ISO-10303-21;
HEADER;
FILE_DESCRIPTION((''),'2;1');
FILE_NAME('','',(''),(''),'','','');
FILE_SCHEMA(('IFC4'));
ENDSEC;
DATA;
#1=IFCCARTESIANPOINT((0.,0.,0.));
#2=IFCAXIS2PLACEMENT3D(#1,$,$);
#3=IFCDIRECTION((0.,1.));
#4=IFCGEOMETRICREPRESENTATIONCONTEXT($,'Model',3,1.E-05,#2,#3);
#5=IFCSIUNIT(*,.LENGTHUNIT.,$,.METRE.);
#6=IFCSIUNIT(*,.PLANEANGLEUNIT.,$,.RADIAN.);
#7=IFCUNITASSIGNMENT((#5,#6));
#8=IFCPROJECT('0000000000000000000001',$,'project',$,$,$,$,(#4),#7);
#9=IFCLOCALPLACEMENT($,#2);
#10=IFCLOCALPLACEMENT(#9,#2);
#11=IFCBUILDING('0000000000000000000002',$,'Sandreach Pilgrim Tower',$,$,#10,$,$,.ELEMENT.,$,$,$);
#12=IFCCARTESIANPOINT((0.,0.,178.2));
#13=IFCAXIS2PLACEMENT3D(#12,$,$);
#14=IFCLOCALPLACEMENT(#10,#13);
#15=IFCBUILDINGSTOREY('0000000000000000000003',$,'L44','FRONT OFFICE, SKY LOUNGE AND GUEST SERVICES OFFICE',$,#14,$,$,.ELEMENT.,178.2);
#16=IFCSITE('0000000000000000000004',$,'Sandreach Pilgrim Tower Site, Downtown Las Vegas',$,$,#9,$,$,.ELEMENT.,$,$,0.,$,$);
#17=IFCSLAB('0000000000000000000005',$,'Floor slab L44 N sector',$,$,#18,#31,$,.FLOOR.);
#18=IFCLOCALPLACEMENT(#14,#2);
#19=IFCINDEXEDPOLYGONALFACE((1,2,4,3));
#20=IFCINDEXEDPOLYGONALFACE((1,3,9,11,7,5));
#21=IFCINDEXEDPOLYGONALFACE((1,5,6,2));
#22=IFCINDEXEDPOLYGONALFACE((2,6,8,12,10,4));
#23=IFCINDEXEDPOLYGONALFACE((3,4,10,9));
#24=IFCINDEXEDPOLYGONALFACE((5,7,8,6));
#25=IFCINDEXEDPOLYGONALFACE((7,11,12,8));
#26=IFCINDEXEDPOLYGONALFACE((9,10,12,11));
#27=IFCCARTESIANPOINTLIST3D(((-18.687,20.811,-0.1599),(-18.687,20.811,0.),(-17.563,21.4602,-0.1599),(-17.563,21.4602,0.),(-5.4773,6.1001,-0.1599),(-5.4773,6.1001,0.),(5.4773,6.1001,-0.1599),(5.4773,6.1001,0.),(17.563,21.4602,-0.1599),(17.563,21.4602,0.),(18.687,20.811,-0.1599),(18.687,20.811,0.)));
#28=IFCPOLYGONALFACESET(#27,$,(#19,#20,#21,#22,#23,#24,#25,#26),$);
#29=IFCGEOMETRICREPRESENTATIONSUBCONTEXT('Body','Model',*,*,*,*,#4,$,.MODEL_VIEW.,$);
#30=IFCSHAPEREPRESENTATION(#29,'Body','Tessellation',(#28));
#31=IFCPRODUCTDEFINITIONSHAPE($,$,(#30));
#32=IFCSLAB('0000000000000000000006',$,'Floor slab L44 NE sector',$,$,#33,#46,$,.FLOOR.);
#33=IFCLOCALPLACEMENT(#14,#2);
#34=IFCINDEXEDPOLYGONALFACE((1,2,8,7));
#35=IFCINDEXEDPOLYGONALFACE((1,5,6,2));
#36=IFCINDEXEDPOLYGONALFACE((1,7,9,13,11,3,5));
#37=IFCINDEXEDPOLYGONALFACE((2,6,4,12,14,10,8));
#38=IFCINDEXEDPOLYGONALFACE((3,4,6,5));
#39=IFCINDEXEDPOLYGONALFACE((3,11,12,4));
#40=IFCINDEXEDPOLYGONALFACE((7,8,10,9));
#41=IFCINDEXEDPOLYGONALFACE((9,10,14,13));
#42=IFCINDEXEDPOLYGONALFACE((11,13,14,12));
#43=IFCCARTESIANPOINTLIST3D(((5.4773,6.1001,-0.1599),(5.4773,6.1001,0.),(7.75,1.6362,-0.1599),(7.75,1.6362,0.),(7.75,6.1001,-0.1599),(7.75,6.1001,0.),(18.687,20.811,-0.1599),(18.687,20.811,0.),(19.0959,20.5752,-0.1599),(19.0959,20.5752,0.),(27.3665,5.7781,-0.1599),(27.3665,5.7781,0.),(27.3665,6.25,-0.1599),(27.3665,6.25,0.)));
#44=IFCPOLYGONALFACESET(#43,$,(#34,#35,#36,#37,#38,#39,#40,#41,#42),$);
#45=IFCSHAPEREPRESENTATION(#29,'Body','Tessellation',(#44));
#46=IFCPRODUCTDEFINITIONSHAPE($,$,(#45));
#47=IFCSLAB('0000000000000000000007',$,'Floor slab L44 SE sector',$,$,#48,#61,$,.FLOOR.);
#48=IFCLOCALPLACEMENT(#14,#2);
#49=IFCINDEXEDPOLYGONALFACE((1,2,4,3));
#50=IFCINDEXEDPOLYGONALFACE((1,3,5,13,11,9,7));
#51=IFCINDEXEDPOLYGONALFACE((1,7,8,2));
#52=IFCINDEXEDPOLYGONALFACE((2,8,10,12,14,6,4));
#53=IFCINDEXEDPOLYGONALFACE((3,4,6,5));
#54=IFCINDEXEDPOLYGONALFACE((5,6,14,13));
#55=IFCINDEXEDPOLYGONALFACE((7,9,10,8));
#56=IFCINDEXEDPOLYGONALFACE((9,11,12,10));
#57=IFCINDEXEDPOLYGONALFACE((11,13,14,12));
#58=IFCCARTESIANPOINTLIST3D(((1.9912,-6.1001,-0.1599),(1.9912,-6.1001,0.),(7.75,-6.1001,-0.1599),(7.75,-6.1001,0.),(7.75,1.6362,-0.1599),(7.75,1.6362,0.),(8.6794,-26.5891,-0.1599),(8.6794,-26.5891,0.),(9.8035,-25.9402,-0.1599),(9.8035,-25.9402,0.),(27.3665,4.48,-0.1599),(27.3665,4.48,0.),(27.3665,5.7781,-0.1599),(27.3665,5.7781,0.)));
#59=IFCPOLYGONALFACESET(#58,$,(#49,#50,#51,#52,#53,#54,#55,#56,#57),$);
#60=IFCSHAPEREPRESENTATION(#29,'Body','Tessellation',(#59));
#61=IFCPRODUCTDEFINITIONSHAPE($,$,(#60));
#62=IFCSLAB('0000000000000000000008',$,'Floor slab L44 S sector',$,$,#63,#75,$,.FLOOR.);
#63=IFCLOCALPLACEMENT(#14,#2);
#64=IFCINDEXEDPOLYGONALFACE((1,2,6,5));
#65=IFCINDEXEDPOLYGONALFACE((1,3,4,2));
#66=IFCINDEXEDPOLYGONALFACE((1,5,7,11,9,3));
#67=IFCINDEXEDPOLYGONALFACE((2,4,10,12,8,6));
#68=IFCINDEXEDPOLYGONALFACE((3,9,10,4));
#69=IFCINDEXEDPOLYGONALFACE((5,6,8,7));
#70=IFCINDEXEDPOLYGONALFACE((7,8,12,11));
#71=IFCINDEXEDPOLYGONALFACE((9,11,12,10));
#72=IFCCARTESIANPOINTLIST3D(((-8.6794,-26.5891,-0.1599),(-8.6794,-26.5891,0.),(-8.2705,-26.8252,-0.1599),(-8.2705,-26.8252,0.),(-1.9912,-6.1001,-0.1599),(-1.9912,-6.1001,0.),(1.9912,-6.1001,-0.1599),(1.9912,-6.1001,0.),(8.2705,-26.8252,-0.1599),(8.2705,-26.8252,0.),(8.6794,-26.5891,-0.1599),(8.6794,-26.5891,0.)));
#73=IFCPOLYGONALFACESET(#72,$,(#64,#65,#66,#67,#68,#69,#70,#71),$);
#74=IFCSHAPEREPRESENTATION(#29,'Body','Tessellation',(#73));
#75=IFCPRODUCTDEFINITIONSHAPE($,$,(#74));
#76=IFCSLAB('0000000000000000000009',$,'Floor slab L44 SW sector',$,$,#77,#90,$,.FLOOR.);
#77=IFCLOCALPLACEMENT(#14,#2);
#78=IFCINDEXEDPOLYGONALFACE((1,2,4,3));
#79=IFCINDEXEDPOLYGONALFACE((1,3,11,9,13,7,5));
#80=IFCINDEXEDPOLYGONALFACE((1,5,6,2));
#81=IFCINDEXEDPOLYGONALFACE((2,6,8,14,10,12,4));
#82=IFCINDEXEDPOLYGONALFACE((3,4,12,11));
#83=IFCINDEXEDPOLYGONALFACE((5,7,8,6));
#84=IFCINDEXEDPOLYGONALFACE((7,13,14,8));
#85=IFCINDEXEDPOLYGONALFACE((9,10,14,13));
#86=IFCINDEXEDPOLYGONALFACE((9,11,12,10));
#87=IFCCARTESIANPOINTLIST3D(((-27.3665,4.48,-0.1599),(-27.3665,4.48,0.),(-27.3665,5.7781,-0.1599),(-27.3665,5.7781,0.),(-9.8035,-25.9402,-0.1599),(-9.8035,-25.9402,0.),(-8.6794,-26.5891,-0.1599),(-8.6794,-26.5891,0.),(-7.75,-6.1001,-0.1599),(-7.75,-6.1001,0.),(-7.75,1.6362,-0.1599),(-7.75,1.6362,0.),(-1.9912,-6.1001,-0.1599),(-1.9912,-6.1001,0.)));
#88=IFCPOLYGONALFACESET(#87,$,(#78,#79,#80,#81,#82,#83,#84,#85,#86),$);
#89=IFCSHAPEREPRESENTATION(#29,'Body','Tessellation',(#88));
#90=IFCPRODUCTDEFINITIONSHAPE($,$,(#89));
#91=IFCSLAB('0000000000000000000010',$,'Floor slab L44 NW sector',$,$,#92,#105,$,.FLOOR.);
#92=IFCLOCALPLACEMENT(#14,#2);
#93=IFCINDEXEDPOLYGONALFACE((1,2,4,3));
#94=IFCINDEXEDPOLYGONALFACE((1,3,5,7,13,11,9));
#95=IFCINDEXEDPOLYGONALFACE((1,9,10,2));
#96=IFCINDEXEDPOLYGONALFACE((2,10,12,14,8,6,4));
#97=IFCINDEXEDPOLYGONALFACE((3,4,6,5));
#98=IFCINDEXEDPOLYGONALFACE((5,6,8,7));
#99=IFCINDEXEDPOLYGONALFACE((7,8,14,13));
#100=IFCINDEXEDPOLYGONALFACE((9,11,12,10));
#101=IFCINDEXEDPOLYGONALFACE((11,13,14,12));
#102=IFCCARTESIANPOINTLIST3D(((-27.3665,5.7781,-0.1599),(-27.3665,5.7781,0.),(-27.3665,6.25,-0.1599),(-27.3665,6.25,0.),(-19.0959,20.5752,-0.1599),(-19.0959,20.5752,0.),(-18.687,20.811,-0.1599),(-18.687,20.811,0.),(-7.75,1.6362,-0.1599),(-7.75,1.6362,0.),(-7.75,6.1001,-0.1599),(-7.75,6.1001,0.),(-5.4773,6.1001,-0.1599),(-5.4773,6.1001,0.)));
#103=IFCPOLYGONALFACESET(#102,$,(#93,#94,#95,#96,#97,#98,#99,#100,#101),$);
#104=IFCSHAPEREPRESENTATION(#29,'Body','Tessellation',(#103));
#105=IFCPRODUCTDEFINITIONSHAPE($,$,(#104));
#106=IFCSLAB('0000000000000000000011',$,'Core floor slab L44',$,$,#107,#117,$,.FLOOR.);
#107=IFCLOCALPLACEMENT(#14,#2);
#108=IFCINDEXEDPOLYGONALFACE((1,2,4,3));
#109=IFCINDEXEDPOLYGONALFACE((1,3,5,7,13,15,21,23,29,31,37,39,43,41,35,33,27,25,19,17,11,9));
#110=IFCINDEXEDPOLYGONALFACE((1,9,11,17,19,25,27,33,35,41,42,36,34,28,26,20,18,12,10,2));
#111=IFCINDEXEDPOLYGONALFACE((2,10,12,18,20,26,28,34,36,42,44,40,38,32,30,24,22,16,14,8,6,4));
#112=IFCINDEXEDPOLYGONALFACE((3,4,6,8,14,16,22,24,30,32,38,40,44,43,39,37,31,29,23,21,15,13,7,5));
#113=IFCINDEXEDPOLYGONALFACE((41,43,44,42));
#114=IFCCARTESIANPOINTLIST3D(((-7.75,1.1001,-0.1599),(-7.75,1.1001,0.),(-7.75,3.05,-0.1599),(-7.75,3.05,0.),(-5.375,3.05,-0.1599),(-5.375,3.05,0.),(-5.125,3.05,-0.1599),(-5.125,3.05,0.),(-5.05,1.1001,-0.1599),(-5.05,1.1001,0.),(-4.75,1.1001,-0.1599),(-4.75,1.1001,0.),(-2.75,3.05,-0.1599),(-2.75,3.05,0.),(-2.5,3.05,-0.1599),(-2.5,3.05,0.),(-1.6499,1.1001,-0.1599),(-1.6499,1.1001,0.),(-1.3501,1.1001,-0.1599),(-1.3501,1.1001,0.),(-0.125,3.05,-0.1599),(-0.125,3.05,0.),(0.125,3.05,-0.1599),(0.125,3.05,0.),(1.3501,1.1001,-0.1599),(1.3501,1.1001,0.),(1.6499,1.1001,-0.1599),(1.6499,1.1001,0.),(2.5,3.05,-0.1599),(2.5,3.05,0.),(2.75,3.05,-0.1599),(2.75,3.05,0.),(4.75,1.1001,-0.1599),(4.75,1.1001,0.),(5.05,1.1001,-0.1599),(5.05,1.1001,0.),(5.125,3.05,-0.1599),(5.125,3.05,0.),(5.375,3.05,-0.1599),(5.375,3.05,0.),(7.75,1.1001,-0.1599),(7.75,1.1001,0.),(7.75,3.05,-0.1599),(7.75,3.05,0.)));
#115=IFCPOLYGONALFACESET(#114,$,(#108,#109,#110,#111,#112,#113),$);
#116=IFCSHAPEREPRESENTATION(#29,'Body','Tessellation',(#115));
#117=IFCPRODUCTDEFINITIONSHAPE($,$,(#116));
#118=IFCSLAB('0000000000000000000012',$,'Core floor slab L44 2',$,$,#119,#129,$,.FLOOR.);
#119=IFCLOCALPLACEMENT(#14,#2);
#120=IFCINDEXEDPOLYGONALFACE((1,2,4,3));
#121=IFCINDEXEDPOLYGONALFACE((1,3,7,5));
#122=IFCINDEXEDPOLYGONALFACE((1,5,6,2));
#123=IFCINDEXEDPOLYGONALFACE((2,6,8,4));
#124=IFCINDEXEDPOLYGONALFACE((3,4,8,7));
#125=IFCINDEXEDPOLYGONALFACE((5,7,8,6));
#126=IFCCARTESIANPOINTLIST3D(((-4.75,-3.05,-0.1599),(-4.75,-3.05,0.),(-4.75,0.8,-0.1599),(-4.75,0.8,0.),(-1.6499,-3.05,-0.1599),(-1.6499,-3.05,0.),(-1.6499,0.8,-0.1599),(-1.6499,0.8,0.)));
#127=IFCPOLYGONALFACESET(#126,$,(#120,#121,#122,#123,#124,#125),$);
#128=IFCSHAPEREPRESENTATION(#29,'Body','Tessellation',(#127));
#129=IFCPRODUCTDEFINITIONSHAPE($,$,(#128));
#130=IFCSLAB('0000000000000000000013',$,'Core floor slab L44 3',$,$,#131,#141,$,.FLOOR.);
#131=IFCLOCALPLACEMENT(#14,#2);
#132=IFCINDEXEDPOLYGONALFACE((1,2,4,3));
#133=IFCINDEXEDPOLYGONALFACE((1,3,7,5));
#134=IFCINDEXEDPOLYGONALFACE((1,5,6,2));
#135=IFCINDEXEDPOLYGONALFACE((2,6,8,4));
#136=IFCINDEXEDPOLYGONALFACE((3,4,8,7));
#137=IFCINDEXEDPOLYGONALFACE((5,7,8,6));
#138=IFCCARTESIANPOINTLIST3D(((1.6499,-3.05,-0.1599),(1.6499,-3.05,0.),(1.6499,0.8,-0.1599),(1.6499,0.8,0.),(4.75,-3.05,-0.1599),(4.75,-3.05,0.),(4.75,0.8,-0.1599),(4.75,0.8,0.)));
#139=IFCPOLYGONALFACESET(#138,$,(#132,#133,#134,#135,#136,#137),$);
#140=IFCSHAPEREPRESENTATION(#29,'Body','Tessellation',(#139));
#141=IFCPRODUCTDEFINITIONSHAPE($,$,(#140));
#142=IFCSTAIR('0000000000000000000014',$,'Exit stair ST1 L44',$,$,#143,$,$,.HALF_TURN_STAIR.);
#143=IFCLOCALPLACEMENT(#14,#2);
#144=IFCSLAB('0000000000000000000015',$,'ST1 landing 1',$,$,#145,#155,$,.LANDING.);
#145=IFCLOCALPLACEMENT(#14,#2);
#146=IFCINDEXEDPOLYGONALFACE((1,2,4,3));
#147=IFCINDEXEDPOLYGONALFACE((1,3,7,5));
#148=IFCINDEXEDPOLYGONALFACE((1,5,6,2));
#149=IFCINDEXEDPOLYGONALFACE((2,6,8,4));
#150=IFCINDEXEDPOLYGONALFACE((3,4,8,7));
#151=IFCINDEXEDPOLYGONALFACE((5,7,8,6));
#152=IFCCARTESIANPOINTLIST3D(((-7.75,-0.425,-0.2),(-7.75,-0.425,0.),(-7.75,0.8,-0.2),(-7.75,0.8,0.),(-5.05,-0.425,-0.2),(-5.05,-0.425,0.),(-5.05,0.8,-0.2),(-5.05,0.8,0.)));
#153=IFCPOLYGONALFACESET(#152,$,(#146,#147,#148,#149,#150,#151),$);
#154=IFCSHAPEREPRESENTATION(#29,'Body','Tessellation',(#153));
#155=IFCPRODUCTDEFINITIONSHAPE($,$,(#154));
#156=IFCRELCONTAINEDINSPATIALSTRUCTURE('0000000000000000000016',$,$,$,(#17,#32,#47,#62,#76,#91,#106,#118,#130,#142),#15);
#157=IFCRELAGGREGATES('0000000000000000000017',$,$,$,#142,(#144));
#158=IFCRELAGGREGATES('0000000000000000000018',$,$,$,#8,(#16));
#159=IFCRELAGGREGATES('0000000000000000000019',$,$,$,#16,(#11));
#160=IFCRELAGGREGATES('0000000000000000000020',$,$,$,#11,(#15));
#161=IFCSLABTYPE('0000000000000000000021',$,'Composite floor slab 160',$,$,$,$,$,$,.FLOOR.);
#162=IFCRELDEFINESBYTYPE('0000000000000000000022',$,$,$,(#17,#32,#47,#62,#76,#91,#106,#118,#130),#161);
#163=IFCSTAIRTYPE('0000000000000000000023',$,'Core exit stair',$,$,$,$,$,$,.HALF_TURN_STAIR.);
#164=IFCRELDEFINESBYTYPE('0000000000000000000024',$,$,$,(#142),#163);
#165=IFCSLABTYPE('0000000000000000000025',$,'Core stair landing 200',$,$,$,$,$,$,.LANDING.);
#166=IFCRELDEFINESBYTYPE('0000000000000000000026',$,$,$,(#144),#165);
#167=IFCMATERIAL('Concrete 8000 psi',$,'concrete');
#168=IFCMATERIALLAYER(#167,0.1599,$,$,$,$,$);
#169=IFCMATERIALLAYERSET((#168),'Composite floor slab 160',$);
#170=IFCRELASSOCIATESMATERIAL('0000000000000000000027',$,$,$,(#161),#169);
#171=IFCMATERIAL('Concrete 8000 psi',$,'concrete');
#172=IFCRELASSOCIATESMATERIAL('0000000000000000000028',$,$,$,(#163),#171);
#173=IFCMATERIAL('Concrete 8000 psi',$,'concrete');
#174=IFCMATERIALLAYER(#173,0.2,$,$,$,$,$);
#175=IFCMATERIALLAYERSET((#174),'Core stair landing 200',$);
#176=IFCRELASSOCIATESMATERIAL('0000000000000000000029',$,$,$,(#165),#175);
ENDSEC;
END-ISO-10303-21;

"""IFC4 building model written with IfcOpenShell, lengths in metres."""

from ifc_helpers import new_model, si_unit, direction, frame, origin, place, context, subcontext, project, spatial, polyline, outline, extrude, material, layer, layer_set, type_object, element, aggregate, save


model = new_model("IFC4")

# Units and contexts
model_context = context("Model", 3, precision=1e-05, world=origin(), true_north=direction((0.0, 1.0)))
body_context = subcontext(model_context, "Body", "Model", "MODEL_VIEW")
ifc_project = project(units=[si_unit("LENGTHUNIT", "METRE"), si_unit("PLANEANGLEUNIT", "RADIAN")], contexts=[model_context])

# Site, building, storey
site_placement = place(None, origin())
site = spatial("IfcSite", under=ifc_project, at=site_placement, Name="Sandreach Pilgrim Tower Site, Downtown Las Vegas", CompositionType="ELEMENT", RefElevation=0.0)
building_placement = place(site_placement, origin())
building = spatial("IfcBuilding", under=site, at=building_placement, Name="Sandreach Pilgrim Tower", CompositionType="ELEMENT")
storey_placement = place(building_placement, frame((0.0, 0.0, 178.2)))
storey = spatial("IfcBuildingStorey", under=building, at=storey_placement, Name="L44", Description="FRONT OFFICE, SKY LOUNGE AND GUEST SERVICES OFFICE", CompositionType="ELEMENT", Elevation=178.2)

# Slabs
ifc_material_1 = material(Name="Concrete 8000 psi", Category="concrete")
ifc_layer_1 = layer(ifc_material_1, 0.1599)
ifc_layer_set_1 = layer_set([ifc_layer_1], Name="Composite floor slab 160")
slab_type_1 = type_object("IfcSlabType", Name="Composite floor slab 160", PredefinedType="FLOOR", material=ifc_layer_set_1)
slab_1_placement = place(storey_placement, frame((0.0, 0.0, -0.1599)))
element("IfcSlab", 1, at=slab_1_placement, inside=storey, type_object=slab_type_1, Name="Floor slab L44 N sector", PredefinedType="FLOOR", context=body_context, shape_type="SweptSolid", body=[
    extrude(outline(polyline([(-17.563, 21.4602), (17.563, 21.4602), (18.687, 20.811), (5.4773, 6.1001), (-5.4773, 6.1001), (-18.687, 20.811), (-17.563, 21.4602)])), origin(), (0.0, 0.0, 1.0), 0.1599),
])
slab_2_placement = place(storey_placement, frame((0.0, 0.0, -0.1599)))
element("IfcSlab", 2, at=slab_2_placement, inside=storey, type_object=slab_type_1, Name="Floor slab L44 NE sector", PredefinedType="FLOOR", context=body_context, shape_type="SweptSolid", body=[
    extrude(outline(polyline([(19.0959, 20.5752), (27.3665, 6.25), (27.3665, 5.7781), (7.75, 1.6362), (7.75, 6.1001), (5.4773, 6.1001), (18.687, 20.811), (19.0959, 20.5752)])), origin(), (0.0, 0.0, 1.0), 0.1599),
])
slab_3_placement = place(storey_placement, frame((0.0, 0.0, -0.1599)))
element("IfcSlab", 3, at=slab_3_placement, inside=storey, type_object=slab_type_1, Name="Floor slab L44 SE sector", PredefinedType="FLOOR", context=body_context, shape_type="SweptSolid", body=[
    extrude(outline(polyline([(27.3665, 4.48), (9.8035, -25.9402), (8.6794, -26.5891), (1.9912, -6.1001), (7.75, -6.1001), (7.75, 1.6362), (27.3665, 5.7781), (27.3665, 4.48)])), origin(), (0.0, 0.0, 1.0), 0.1599),
])
slab_4_placement = place(storey_placement, frame((0.0, 0.0, -0.1599)))
element("IfcSlab", 4, at=slab_4_placement, inside=storey, type_object=slab_type_1, Name="Floor slab L44 S sector", PredefinedType="FLOOR", context=body_context, shape_type="SweptSolid", body=[
    extrude(outline(polyline([(8.2705, -26.8252), (-8.2705, -26.8252), (-8.6794, -26.5891), (-1.9912, -6.1001), (1.9912, -6.1001), (8.6794, -26.5891), (8.2705, -26.8252)])), origin(), (0.0, 0.0, 1.0), 0.1599),
])
slab_5_placement = place(storey_placement, frame((0.0, 0.0, -0.1599)))
element("IfcSlab", 5, at=slab_5_placement, inside=storey, type_object=slab_type_1, Name="Floor slab L44 SW sector", PredefinedType="FLOOR", context=body_context, shape_type="SweptSolid", body=[
    extrude(outline(polyline([(-9.8035, -25.9402), (-27.3665, 4.48), (-27.3665, 5.7781), (-7.75, 1.6362), (-7.75, -6.1001), (-1.9912, -6.1001), (-8.6794, -26.5891), (-9.8035, -25.9402)])), origin(), (0.0, 0.0, 1.0), 0.1599),
])
slab_6_placement = place(storey_placement, frame((0.0, 0.0, -0.1599)))
element("IfcSlab", 6, at=slab_6_placement, inside=storey, type_object=slab_type_1, Name="Floor slab L44 NW sector", PredefinedType="FLOOR", context=body_context, shape_type="SweptSolid", body=[
    extrude(outline(polyline([(-27.3665, 6.25), (-19.0959, 20.5752), (-18.687, 20.811), (-5.4773, 6.1001), (-7.75, 6.1001), (-7.75, 1.6362), (-27.3665, 5.7781), (-27.3665, 6.25)])), origin(), (0.0, 0.0, 1.0), 0.1599),
])
slab_7_placement = place(storey_placement, frame((0.0, 0.0, -0.1599)))
element("IfcSlab", 7, at=slab_7_placement, inside=storey, type_object=slab_type_1, Name="Core floor slab L44", PredefinedType="FLOOR", context=body_context, shape_type="SweptSolid", body=[
    extrude(outline(polyline([(4.75, 1.1001), (1.6499, 1.1001), (1.3501, 1.1001), (-1.3501, 1.1001), (-1.6499, 1.1001), (-4.75, 1.1001), (-5.05, 1.1001), (-7.75, 1.1001), (-7.75, 3.05), (-5.375, 3.05), (-5.125, 3.05), (-2.75, 3.05), (-2.5, 3.05), (-0.125, 3.05), (0.125, 3.05), (2.5, 3.05), (2.75, 3.05), (5.125, 3.05), (5.375, 3.05), (7.75, 3.05), (7.75, 1.1001), (5.05, 1.1001), (4.75, 1.1001)])), origin(), (0.0, 0.0, 1.0), 0.1599),
])
slab_8_placement = place(storey_placement, frame((0.0, 0.0, -0.1599)))
element("IfcSlab", 8, at=slab_8_placement, inside=storey, type_object=slab_type_1, Name="Core floor slab L44 2", PredefinedType="FLOOR", context=body_context, shape_type="SweptSolid", body=[
    extrude(outline(polyline([(-1.6499, -3.05), (-4.75, -3.05), (-4.75, 0.8), (-1.6499, 0.8), (-1.6499, -3.05)])), origin(), (0.0, 0.0, 1.0), 0.1599),
])
slab_9_placement = place(storey_placement, frame((0.0, 0.0, -0.1599)))
element("IfcSlab", 9, at=slab_9_placement, inside=storey, type_object=slab_type_1, Name="Core floor slab L44 3", PredefinedType="FLOOR", context=body_context, shape_type="SweptSolid", body=[
    extrude(outline(polyline([(4.75, -3.05), (1.6499, -3.05), (1.6499, 0.8), (4.75, 0.8), (4.75, -3.05)])), origin(), (0.0, 0.0, 1.0), 0.1599),
])

# Stair, slab
ifc_material_2 = material(Name="Concrete 8000 psi", Category="concrete")
stair_type = type_object("IfcStairType", Name="Core exit stair", PredefinedType="HALF_TURN_STAIR", material=ifc_material_2)
stair_placement = place(storey_placement, origin())
stair = element("IfcStair", 10, at=stair_placement, inside=storey, type_object=stair_type, Name="Exit stair ST1 L44", PredefinedType="HALF_TURN_STAIR")
ifc_material_3 = material(Name="Concrete 8000 psi", Category="concrete")
ifc_layer_2 = layer(ifc_material_3, 0.2)
ifc_layer_set_2 = layer_set([ifc_layer_2], Name="Core stair landing 200")
slab_type_2 = type_object("IfcSlabType", Name="Core stair landing 200", PredefinedType="LANDING", material=ifc_layer_set_2)
slab_10_placement = place(storey_placement, frame((0.0, 0.0, -0.2)))
slab_10 = element("IfcSlab", 11, at=slab_10_placement, type_object=slab_type_2, Name="ST1 landing 1", PredefinedType="LANDING", context=body_context, shape_type="SweptSolid", body=[
    extrude(outline(polyline([(-7.75, -0.425), (-5.05, -0.425), (-5.05, 0.8), (-7.75, 0.8), (-7.75, -0.425)])), origin(), (0.0, 0.0, 1.0), 0.2),
])
aggregate(stair, [slab_10])

save(model, "model.ifc")
